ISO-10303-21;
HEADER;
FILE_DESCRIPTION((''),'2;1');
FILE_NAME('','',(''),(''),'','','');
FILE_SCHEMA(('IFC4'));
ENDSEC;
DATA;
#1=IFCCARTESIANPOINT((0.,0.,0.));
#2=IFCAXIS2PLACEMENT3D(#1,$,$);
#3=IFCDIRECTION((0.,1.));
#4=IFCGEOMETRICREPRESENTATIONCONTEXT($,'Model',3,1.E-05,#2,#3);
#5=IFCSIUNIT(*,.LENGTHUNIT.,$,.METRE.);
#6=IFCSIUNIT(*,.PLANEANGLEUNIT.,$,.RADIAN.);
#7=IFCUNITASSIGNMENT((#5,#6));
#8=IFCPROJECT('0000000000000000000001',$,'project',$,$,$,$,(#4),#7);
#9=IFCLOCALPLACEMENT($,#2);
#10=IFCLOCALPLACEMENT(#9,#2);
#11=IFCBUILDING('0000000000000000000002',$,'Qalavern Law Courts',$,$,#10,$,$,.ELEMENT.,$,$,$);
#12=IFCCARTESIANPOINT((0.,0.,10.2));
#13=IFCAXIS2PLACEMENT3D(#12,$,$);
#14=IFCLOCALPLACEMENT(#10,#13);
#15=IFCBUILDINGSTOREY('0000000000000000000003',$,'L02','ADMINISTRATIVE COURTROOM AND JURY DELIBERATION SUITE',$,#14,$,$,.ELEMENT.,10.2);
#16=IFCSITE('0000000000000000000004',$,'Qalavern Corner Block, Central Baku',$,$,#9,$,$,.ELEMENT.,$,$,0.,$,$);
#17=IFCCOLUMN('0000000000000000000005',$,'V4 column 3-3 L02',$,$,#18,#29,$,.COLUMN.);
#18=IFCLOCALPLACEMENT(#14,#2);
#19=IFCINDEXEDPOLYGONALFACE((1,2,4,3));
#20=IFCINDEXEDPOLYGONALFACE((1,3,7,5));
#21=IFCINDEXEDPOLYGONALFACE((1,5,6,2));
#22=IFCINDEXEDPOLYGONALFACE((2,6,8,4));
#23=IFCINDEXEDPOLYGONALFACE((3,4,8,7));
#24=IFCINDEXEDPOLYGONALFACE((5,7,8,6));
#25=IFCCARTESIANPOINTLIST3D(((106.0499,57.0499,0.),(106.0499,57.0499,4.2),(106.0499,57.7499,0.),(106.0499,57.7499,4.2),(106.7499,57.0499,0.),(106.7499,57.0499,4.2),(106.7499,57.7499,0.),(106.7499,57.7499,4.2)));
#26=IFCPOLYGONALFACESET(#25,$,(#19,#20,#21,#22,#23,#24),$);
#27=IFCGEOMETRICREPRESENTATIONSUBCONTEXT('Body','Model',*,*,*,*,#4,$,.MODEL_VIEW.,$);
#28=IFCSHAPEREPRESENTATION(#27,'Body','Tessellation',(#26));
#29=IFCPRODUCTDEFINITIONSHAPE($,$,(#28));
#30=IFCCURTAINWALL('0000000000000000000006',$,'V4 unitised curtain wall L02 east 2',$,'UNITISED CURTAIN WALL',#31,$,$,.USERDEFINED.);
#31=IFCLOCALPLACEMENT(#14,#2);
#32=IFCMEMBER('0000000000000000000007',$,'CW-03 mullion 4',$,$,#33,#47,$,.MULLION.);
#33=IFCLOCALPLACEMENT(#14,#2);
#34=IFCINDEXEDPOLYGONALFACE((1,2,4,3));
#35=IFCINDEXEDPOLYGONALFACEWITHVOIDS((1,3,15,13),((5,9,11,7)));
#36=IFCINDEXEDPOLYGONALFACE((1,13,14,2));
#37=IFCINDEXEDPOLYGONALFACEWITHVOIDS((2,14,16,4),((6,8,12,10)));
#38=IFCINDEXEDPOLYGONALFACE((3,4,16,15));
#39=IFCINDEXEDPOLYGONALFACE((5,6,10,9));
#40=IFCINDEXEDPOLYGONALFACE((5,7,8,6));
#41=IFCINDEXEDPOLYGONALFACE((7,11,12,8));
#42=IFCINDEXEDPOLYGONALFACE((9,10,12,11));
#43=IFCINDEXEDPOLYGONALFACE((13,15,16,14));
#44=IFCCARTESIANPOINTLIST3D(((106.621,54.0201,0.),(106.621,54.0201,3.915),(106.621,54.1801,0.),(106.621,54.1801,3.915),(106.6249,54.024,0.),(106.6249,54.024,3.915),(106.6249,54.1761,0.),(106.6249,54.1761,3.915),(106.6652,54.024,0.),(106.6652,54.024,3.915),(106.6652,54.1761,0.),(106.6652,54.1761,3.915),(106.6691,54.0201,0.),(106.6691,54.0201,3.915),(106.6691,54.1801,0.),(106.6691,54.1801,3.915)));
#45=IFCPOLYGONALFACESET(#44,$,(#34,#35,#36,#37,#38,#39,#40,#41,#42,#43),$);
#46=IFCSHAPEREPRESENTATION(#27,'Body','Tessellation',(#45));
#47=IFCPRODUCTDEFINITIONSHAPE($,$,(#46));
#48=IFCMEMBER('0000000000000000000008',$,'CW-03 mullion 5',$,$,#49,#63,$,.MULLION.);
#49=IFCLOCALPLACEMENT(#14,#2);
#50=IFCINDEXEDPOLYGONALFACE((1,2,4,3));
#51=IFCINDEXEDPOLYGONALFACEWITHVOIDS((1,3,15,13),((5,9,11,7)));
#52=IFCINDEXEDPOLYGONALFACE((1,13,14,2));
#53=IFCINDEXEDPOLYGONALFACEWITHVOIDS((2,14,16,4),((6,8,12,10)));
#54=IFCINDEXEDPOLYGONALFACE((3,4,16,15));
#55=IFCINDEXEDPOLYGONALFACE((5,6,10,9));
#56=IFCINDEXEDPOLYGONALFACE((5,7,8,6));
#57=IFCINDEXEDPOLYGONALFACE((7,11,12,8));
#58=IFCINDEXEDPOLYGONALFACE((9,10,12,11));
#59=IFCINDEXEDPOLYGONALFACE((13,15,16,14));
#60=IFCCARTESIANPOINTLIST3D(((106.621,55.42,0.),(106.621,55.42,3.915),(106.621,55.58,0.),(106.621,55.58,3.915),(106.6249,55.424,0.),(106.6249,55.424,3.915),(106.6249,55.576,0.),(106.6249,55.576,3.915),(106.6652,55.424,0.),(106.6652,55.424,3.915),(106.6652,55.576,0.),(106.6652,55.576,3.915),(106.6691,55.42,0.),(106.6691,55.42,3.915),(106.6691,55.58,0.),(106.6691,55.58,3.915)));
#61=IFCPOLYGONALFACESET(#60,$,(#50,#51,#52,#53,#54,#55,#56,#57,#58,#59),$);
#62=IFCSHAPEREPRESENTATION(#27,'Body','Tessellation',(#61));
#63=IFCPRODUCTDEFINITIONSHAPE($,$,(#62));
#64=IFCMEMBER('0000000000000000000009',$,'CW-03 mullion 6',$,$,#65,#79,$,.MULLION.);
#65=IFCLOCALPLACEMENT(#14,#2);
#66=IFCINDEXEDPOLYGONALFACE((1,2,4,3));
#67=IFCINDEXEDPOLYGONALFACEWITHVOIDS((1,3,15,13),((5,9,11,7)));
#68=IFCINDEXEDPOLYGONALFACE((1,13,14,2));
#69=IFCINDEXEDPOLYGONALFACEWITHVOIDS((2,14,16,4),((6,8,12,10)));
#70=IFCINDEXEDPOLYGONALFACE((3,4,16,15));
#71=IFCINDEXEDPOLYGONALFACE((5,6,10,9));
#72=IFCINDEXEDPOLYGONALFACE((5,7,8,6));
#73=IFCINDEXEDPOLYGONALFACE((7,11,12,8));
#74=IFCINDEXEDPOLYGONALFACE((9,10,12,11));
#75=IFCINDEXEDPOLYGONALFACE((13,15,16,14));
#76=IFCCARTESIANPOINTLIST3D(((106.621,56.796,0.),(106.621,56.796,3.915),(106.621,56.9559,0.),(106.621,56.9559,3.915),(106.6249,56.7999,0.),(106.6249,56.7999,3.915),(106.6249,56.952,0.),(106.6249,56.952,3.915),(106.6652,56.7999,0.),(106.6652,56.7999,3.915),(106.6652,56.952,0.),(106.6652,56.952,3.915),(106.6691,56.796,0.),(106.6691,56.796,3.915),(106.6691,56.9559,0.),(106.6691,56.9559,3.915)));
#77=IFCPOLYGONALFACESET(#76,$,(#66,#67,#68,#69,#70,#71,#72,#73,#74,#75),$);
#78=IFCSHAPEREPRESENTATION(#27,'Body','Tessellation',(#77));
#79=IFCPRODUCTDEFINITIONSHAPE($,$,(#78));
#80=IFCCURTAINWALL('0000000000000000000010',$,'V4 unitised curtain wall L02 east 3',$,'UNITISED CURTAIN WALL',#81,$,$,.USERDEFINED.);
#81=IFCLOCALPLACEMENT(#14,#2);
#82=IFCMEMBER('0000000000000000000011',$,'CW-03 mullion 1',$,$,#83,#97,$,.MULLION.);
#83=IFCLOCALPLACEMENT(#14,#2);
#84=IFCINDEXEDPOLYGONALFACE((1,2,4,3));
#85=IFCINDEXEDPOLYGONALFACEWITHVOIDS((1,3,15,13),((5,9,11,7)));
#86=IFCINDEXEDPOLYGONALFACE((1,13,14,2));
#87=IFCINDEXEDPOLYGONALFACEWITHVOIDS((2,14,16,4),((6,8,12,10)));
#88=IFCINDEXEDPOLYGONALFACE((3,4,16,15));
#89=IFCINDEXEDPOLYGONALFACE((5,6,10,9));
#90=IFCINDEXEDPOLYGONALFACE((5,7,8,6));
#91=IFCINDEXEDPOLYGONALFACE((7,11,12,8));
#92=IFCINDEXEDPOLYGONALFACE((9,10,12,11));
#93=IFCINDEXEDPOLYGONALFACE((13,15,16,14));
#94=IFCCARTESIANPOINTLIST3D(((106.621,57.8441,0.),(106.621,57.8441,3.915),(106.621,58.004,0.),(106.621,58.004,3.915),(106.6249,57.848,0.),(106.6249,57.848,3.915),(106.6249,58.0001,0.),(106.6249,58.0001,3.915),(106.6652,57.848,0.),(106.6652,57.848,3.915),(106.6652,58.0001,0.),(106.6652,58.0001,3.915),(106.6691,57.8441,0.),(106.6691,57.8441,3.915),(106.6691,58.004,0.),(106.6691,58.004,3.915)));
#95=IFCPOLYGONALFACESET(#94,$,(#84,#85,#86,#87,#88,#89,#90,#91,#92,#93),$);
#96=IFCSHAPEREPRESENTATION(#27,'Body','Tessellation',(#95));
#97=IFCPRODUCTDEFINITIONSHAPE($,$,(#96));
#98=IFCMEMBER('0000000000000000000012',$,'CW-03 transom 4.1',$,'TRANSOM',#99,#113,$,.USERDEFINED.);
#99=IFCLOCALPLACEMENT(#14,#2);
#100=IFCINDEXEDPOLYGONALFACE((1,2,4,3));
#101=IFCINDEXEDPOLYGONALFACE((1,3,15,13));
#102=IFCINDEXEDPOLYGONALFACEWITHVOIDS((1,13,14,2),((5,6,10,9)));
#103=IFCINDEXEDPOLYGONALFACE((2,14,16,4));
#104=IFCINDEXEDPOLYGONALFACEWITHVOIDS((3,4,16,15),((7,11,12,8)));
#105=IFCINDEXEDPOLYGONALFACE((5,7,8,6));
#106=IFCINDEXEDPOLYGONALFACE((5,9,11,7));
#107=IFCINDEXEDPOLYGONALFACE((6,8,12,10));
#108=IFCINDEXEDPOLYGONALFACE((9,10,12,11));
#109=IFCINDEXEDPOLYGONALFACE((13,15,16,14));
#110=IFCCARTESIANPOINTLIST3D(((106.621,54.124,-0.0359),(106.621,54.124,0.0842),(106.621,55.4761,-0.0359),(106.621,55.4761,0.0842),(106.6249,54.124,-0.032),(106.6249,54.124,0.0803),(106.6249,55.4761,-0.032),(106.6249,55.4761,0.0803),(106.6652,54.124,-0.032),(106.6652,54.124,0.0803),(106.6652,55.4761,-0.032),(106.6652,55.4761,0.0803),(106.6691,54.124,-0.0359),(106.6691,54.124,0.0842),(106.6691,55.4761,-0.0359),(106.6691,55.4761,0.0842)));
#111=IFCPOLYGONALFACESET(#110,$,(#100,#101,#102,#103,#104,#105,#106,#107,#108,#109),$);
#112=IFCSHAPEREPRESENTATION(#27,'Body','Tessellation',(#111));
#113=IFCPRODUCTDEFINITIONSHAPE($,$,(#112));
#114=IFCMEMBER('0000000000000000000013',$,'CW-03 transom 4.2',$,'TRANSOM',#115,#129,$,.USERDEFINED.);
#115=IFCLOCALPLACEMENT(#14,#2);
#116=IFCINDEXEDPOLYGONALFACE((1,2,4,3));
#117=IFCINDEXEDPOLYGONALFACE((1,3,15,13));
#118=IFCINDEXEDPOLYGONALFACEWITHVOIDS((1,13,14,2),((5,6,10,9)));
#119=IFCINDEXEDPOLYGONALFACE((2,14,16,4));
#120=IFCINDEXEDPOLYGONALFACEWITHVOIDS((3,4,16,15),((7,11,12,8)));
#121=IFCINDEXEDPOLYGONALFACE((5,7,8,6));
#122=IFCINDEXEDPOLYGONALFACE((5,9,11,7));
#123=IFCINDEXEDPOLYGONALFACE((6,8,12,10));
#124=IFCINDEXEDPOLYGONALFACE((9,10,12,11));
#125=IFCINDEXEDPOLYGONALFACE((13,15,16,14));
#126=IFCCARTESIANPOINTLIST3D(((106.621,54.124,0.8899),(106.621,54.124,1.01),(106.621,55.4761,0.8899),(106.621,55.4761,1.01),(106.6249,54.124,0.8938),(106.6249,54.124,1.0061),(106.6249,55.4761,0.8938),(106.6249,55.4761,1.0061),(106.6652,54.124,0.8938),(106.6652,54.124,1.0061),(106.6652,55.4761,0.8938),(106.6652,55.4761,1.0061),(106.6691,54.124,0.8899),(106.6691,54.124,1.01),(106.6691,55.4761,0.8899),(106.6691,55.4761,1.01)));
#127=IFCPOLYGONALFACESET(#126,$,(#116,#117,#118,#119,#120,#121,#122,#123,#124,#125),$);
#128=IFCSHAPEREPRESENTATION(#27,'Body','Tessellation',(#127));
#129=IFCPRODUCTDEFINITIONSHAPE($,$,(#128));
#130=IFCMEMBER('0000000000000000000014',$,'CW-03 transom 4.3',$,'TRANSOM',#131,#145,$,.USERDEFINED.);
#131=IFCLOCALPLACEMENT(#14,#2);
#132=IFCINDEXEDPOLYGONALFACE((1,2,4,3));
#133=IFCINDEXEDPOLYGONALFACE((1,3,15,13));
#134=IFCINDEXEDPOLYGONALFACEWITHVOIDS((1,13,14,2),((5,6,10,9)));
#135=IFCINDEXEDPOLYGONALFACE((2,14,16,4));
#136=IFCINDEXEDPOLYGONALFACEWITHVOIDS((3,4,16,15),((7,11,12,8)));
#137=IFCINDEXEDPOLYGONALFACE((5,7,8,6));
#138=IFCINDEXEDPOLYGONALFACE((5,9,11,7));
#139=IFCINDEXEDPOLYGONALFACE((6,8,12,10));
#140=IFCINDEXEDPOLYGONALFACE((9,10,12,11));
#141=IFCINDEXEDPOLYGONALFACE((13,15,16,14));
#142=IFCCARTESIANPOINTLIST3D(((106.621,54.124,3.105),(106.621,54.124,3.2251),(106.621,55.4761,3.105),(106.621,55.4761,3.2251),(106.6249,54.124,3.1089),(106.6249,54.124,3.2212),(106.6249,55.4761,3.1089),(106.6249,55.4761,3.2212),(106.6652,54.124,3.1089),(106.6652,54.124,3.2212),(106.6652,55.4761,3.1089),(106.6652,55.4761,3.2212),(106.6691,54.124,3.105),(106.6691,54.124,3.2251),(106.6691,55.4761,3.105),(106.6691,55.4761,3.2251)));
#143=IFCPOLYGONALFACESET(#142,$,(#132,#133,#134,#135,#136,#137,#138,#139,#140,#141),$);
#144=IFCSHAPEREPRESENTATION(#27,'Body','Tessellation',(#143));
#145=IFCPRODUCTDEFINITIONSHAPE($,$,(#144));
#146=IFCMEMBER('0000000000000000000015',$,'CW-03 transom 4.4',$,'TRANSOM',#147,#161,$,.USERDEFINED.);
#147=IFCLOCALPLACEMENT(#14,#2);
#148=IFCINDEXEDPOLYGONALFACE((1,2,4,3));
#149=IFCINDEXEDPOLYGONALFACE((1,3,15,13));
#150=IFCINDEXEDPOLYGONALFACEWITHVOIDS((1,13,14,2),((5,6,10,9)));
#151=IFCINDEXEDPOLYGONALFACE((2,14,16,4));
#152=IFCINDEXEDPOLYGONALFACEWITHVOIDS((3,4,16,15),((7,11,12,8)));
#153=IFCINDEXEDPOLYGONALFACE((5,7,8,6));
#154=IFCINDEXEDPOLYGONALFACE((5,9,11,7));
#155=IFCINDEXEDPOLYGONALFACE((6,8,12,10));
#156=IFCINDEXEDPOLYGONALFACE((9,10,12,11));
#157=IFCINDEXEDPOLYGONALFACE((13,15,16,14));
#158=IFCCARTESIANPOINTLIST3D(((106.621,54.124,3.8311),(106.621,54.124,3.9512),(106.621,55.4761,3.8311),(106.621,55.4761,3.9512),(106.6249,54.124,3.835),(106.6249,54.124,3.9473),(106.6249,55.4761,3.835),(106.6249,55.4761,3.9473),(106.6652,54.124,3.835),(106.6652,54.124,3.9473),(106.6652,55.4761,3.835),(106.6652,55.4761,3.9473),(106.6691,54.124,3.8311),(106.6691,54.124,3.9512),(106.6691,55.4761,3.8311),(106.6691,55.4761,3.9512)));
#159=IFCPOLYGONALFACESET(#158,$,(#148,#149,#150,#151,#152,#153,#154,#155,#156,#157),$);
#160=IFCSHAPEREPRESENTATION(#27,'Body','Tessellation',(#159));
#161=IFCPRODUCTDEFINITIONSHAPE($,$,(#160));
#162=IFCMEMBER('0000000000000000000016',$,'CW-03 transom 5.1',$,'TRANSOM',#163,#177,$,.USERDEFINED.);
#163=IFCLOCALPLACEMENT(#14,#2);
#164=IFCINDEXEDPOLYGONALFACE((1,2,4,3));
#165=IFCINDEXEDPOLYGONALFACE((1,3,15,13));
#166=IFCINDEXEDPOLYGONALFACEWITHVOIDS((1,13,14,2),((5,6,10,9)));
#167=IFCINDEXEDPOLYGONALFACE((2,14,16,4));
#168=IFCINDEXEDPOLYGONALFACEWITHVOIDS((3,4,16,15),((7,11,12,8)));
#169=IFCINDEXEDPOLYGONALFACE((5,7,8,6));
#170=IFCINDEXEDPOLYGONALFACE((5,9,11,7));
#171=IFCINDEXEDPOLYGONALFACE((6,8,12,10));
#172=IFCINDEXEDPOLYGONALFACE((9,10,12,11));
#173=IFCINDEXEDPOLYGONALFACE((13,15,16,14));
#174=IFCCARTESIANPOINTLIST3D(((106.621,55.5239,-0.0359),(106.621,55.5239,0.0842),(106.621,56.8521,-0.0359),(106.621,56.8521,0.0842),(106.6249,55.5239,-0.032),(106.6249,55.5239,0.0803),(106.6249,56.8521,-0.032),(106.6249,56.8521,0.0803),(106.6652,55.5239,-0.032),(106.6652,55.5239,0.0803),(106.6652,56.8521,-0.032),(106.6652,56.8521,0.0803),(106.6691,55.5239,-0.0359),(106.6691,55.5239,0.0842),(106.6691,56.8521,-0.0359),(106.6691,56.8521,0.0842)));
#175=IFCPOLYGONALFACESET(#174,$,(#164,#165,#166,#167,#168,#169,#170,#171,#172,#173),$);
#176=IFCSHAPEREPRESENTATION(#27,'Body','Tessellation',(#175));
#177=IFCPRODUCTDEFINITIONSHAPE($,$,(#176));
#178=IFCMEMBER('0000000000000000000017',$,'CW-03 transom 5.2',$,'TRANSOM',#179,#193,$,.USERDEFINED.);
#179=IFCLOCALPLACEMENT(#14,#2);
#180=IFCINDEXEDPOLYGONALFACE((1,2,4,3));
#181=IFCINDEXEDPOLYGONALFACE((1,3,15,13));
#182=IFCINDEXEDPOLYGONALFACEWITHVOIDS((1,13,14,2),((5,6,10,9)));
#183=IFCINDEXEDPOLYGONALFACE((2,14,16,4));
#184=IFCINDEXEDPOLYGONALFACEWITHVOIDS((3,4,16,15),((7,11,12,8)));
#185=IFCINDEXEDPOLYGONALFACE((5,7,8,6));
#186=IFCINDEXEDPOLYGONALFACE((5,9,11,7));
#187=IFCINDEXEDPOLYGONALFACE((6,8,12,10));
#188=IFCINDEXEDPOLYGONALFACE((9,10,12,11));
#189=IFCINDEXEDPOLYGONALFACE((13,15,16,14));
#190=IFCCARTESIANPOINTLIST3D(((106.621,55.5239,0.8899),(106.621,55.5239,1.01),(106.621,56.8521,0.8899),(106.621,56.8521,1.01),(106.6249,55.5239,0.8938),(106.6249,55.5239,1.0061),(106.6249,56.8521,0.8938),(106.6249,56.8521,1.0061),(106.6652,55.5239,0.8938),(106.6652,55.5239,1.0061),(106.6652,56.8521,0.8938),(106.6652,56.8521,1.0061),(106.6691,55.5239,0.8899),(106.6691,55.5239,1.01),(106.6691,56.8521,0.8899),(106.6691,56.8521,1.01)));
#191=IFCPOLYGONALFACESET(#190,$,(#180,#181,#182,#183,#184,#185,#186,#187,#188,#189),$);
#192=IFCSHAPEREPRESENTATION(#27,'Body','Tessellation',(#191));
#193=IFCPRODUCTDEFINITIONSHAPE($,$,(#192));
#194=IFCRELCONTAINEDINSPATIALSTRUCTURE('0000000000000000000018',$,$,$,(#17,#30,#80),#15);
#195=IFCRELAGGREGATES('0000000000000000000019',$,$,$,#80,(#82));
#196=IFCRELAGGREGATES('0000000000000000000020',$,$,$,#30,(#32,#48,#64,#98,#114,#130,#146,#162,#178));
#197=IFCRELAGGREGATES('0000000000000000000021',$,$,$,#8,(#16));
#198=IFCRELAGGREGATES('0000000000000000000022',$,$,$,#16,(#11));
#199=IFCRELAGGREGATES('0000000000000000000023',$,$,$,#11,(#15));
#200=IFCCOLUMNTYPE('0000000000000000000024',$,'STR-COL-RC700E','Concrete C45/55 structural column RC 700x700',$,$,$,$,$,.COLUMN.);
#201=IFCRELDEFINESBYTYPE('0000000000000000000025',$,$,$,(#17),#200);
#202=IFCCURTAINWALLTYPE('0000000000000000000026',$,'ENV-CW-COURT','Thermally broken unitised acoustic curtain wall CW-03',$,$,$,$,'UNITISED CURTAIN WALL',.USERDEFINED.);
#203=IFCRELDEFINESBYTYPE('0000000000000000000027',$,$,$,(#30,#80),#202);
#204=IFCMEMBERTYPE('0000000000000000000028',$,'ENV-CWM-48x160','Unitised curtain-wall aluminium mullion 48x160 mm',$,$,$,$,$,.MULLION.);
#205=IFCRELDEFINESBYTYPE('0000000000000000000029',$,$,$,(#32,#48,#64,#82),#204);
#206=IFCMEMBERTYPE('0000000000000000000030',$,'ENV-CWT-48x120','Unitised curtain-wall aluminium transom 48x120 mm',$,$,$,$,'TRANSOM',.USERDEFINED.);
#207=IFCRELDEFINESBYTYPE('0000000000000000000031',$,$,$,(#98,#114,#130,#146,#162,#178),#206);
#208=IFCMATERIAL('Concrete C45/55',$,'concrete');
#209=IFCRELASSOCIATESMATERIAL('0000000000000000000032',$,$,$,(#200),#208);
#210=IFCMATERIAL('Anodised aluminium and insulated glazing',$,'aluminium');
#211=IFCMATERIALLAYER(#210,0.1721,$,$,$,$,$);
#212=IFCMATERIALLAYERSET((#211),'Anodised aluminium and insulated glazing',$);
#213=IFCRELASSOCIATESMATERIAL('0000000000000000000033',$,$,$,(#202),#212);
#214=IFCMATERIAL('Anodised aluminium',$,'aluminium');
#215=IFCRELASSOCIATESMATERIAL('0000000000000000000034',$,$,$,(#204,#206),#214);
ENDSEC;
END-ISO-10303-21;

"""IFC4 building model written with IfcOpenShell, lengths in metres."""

from ifc_helpers import new_model, si_unit, direction, frame, origin, origin_2d, place, context, subcontext, project, spatial, rectangle, hollow_rectangle, extrude, material, layer, layer_set, material_profile, profile_set, type_object, element, aggregate, save


model = new_model("IFC4")

# Units and contexts
model_context = context("Model", 3, precision=1e-05, world=origin(), true_north=direction((0.0, 1.0)))
body_context = subcontext(model_context, "Body", "Model", "MODEL_VIEW")
ifc_project = project(units=[si_unit("LENGTHUNIT", "METRE"), si_unit("PLANEANGLEUNIT", "RADIAN")], contexts=[model_context])

# Site, building, storey
site_placement = place(None, origin())
site = spatial("IfcSite", under=ifc_project, at=site_placement, Name="Qalavern Corner Block, Central Baku", CompositionType="ELEMENT", RefElevation=0.0)
building_placement = place(site_placement, origin())
building = spatial("IfcBuilding", under=site, at=building_placement, Name="Qalavern Law Courts", CompositionType="ELEMENT")
storey_placement = place(building_placement, frame((0.0, 0.0, 10.2)))
storey = spatial("IfcBuildingStorey", under=building, at=storey_placement, Name="L02", Description="ADMINISTRATIVE COURTROOM AND JURY DELIBERATION SUITE", CompositionType="ELEMENT", Elevation=10.2)

# Column
ifc_material_1 = material(Name="Concrete C45/55", Category="concrete")
ifc_material_profile_1 = material_profile(ifc_material_1, rectangle(XDim=0.7, YDim=0.7, at=origin_2d()), Name="RC 700x700")
ifc_profile_set_1 = profile_set([ifc_material_profile_1], Name="Concrete C45/55")
column_type = type_object("IfcColumnType", Name="STR-COL-RC700E", Description="Concrete C45/55 structural column RC 700x700", PredefinedType="COLUMN", material=ifc_profile_set_1)
column_placement = place(storey_placement, frame((106.3999, 57.3999, 0.0), z_axis=(0.0, 0.0, 1.0), x_axis=(1.0, 0.0, 0.0)))
element("IfcColumn", 1, at=column_placement, inside=storey, type_object=column_type, Name="V4 column 3-3 L02", PredefinedType="COLUMN", context=body_context, shape_type="SweptSolid", body=[
    extrude(rectangle(XDim=0.7, YDim=0.7, at=origin_2d()), origin(), (0.0, 0.0, 1.0), 4.2),
])

# Curtain wall, members
ifc_material_2 = material(Name="Anodised aluminium and insulated glazing", Category="aluminium")
ifc_layer_1 = layer(ifc_material_2, 0.1721)
ifc_layer_set_1 = layer_set([ifc_layer_1], Name="Anodised aluminium and insulated glazing")
curtain_wall_type = type_object("IfcCurtainWallType", Name="ENV-CW-COURT", Description="Thermally broken unitised acoustic curtain wall CW-03", ElementType="UNITISED CURTAIN WALL", PredefinedType="USERDEFINED", material=ifc_layer_set_1)
curtain_wall_1_placement = place(storey_placement, origin())
curtain_wall_1 = element("IfcCurtainWall", 2, at=curtain_wall_1_placement, inside=storey, type_object=curtain_wall_type, Name="V4 unitised curtain wall L02 east 2", ObjectType="UNITISED CURTAIN WALL", PredefinedType="USERDEFINED")
ifc_material_3 = material(Name="Anodised aluminium", Category="aluminium")
ifc_material_profile_2 = material_profile(ifc_material_3, hollow_rectangle(XDim=0.0481, YDim=0.1599, WallThickness=0.0039, at=origin_2d()), Name="ALU MULLION 48x160")
ifc_profile_set_2 = profile_set([ifc_material_profile_2], Name="Anodised aluminium")
member_type_1 = type_object("IfcMemberType", Name="ENV-CWM-48x160", Description="Unitised curtain-wall aluminium mullion 48x160 mm", PredefinedType="MULLION", material=ifc_profile_set_2)
member_1_placement = place(storey_placement, frame((106.645, 54.1001, 0.0), z_axis=(0.0, 0.0, 1.0), x_axis=(-1.0, 0.0, 0.0)))
member_1 = element("IfcMember", 3, at=member_1_placement, type_object=member_type_1, Name="CW-03 mullion 4", PredefinedType="MULLION", context=body_context, shape_type="SweptSolid", body=[
    extrude(hollow_rectangle(XDim=0.0481, YDim=0.1599, WallThickness=0.0039, at=origin_2d()), origin(), (0.0, 0.0, 1.0), 3.915),
])
member_2_placement = place(storey_placement, frame((106.645, 55.5, 0.0), z_axis=(0.0, 0.0, 1.0), x_axis=(-1.0, 0.0, 0.0)))
member_2 = element("IfcMember", 4, at=member_2_placement, type_object=member_type_1, Name="CW-03 mullion 5", PredefinedType="MULLION", context=body_context, shape_type="SweptSolid", body=[
    extrude(hollow_rectangle(XDim=0.0481, YDim=0.1599, WallThickness=0.0039, at=origin_2d()), origin(), (0.0, 0.0, 1.0), 3.915),
])
member_3_placement = place(storey_placement, frame((106.645, 56.876, 0.0), z_axis=(0.0, 0.0, 1.0), x_axis=(-1.0, 0.0, 0.0)))
member_3 = element("IfcMember", 5, at=member_3_placement, type_object=member_type_1, Name="CW-03 mullion 6", PredefinedType="MULLION", context=body_context, shape_type="SweptSolid", body=[
    extrude(hollow_rectangle(XDim=0.0481, YDim=0.1599, WallThickness=0.0039, at=origin_2d()), origin(), (0.0, 0.0, 1.0), 3.915),
])

# Curtain wall, member
curtain_wall_2_placement = place(storey_placement, origin())
curtain_wall_2 = element("IfcCurtainWall", 6, at=curtain_wall_2_placement, inside=storey, type_object=curtain_wall_type, Name="V4 unitised curtain wall L02 east 3", ObjectType="UNITISED CURTAIN WALL", PredefinedType="USERDEFINED")
member_4_placement = place(storey_placement, frame((106.645, 57.9241, 0.0), z_axis=(0.0, 0.0, 1.0), x_axis=(-1.0, 0.0, 0.0)))
member_4 = element("IfcMember", 7, at=member_4_placement, type_object=member_type_1, Name="CW-03 mullion 1", PredefinedType="MULLION", context=body_context, shape_type="SweptSolid", body=[
    extrude(hollow_rectangle(XDim=0.0481, YDim=0.1599, WallThickness=0.0039, at=origin_2d()), origin(), (0.0, 0.0, 1.0), 3.915),
])
aggregate(curtain_wall_2, [member_4])

# Members
ifc_material_profile_3 = material_profile(ifc_material_3, hollow_rectangle(XDim=0.0481, YDim=0.1201, WallThickness=0.0039, at=origin_2d()), Name="ALU TRANSOM 48x120")
ifc_profile_set_3 = profile_set([ifc_material_profile_3], Name="Anodised aluminium")
member_type_2 = type_object("IfcMemberType", Name="ENV-CWT-48x120", Description="Unitised curtain-wall aluminium transom 48x120 mm", ElementType="TRANSOM", PredefinedType="USERDEFINED", material=ifc_profile_set_3)
member_5_placement = place(storey_placement, frame((106.645, 54.124, 0.0242), z_axis=(0.0, 1.0, 0.0), x_axis=(-1.0, 0.0, 0.0)))
member_5 = element("IfcMember", 8, at=member_5_placement, type_object=member_type_2, Name="CW-03 transom 4.1", ObjectType="TRANSOM", PredefinedType="USERDEFINED", context=body_context, shape_type="SweptSolid", body=[
    extrude(hollow_rectangle(XDim=0.0481, YDim=0.1201, WallThickness=0.0039, at=origin_2d()), origin(), (0.0, 0.0, 1.0), 1.3521),
])
member_6_placement = place(storey_placement, frame((106.645, 54.124, 0.95), z_axis=(0.0, 1.0, 0.0), x_axis=(-1.0, 0.0, 0.0)))
member_6 = element("IfcMember", 9, at=member_6_placement, type_object=member_type_2, Name="CW-03 transom 4.2", ObjectType="TRANSOM", PredefinedType="USERDEFINED", context=body_context, shape_type="SweptSolid", body=[
    extrude(hollow_rectangle(XDim=0.0481, YDim=0.1201, WallThickness=0.0039, at=origin_2d()), origin(), (0.0, 0.0, 1.0), 1.3521),
])
member_7_placement = place(storey_placement, frame((106.645, 54.124, 3.165), z_axis=(0.0, 1.0, 0.0), x_axis=(-1.0, 0.0, 0.0)))
member_7 = element("IfcMember", 10, at=member_7_placement, type_object=member_type_2, Name="CW-03 transom 4.3", ObjectType="TRANSOM", PredefinedType="USERDEFINED", context=body_context, shape_type="SweptSolid", body=[
    extrude(hollow_rectangle(XDim=0.0481, YDim=0.1201, WallThickness=0.0039, at=origin_2d()), origin(), (0.0, 0.0, 1.0), 1.3521),
])
member_8_placement = place(storey_placement, frame((106.645, 54.124, 3.8911), z_axis=(0.0, 1.0, 0.0), x_axis=(-1.0, 0.0, 0.0)))
member_8 = element("IfcMember", 11, at=member_8_placement, type_object=member_type_2, Name="CW-03 transom 4.4", ObjectType="TRANSOM", PredefinedType="USERDEFINED", context=body_context, shape_type="SweptSolid", body=[
    extrude(hollow_rectangle(XDim=0.0481, YDim=0.1201, WallThickness=0.0039, at=origin_2d()), origin(), (0.0, 0.0, 1.0), 1.3521),
])
member_9_placement = place(storey_placement, frame((106.645, 55.5239, 0.0242), z_axis=(0.0, 1.0, 0.0), x_axis=(-1.0, 0.0, 0.0)))
member_9 = element("IfcMember", 12, at=member_9_placement, type_object=member_type_2, Name="CW-03 transom 5.1", ObjectType="TRANSOM", PredefinedType="USERDEFINED", context=body_context, shape_type="SweptSolid", body=[
    extrude(hollow_rectangle(XDim=0.0481, YDim=0.1201, WallThickness=0.0039, at=origin_2d()), origin(), (0.0, 0.0, 1.0), 1.3281),
])
member_10_placement = place(storey_placement, frame((106.645, 55.5239, 0.95), z_axis=(0.0, 1.0, 0.0), x_axis=(-1.0, 0.0, 0.0)))
member_10 = element("IfcMember", 13, at=member_10_placement, type_object=member_type_2, Name="CW-03 transom 5.2", ObjectType="TRANSOM", PredefinedType="USERDEFINED", context=body_context, shape_type="SweptSolid", body=[
    extrude(hollow_rectangle(XDim=0.0481, YDim=0.1201, WallThickness=0.0039, at=origin_2d()), origin(), (0.0, 0.0, 1.0), 1.3281),
])

aggregate(curtain_wall_1, [member_1, member_2, member_3, member_5, member_6, member_7, member_8, member_9, member_10])

save(model, "model.ifc")
